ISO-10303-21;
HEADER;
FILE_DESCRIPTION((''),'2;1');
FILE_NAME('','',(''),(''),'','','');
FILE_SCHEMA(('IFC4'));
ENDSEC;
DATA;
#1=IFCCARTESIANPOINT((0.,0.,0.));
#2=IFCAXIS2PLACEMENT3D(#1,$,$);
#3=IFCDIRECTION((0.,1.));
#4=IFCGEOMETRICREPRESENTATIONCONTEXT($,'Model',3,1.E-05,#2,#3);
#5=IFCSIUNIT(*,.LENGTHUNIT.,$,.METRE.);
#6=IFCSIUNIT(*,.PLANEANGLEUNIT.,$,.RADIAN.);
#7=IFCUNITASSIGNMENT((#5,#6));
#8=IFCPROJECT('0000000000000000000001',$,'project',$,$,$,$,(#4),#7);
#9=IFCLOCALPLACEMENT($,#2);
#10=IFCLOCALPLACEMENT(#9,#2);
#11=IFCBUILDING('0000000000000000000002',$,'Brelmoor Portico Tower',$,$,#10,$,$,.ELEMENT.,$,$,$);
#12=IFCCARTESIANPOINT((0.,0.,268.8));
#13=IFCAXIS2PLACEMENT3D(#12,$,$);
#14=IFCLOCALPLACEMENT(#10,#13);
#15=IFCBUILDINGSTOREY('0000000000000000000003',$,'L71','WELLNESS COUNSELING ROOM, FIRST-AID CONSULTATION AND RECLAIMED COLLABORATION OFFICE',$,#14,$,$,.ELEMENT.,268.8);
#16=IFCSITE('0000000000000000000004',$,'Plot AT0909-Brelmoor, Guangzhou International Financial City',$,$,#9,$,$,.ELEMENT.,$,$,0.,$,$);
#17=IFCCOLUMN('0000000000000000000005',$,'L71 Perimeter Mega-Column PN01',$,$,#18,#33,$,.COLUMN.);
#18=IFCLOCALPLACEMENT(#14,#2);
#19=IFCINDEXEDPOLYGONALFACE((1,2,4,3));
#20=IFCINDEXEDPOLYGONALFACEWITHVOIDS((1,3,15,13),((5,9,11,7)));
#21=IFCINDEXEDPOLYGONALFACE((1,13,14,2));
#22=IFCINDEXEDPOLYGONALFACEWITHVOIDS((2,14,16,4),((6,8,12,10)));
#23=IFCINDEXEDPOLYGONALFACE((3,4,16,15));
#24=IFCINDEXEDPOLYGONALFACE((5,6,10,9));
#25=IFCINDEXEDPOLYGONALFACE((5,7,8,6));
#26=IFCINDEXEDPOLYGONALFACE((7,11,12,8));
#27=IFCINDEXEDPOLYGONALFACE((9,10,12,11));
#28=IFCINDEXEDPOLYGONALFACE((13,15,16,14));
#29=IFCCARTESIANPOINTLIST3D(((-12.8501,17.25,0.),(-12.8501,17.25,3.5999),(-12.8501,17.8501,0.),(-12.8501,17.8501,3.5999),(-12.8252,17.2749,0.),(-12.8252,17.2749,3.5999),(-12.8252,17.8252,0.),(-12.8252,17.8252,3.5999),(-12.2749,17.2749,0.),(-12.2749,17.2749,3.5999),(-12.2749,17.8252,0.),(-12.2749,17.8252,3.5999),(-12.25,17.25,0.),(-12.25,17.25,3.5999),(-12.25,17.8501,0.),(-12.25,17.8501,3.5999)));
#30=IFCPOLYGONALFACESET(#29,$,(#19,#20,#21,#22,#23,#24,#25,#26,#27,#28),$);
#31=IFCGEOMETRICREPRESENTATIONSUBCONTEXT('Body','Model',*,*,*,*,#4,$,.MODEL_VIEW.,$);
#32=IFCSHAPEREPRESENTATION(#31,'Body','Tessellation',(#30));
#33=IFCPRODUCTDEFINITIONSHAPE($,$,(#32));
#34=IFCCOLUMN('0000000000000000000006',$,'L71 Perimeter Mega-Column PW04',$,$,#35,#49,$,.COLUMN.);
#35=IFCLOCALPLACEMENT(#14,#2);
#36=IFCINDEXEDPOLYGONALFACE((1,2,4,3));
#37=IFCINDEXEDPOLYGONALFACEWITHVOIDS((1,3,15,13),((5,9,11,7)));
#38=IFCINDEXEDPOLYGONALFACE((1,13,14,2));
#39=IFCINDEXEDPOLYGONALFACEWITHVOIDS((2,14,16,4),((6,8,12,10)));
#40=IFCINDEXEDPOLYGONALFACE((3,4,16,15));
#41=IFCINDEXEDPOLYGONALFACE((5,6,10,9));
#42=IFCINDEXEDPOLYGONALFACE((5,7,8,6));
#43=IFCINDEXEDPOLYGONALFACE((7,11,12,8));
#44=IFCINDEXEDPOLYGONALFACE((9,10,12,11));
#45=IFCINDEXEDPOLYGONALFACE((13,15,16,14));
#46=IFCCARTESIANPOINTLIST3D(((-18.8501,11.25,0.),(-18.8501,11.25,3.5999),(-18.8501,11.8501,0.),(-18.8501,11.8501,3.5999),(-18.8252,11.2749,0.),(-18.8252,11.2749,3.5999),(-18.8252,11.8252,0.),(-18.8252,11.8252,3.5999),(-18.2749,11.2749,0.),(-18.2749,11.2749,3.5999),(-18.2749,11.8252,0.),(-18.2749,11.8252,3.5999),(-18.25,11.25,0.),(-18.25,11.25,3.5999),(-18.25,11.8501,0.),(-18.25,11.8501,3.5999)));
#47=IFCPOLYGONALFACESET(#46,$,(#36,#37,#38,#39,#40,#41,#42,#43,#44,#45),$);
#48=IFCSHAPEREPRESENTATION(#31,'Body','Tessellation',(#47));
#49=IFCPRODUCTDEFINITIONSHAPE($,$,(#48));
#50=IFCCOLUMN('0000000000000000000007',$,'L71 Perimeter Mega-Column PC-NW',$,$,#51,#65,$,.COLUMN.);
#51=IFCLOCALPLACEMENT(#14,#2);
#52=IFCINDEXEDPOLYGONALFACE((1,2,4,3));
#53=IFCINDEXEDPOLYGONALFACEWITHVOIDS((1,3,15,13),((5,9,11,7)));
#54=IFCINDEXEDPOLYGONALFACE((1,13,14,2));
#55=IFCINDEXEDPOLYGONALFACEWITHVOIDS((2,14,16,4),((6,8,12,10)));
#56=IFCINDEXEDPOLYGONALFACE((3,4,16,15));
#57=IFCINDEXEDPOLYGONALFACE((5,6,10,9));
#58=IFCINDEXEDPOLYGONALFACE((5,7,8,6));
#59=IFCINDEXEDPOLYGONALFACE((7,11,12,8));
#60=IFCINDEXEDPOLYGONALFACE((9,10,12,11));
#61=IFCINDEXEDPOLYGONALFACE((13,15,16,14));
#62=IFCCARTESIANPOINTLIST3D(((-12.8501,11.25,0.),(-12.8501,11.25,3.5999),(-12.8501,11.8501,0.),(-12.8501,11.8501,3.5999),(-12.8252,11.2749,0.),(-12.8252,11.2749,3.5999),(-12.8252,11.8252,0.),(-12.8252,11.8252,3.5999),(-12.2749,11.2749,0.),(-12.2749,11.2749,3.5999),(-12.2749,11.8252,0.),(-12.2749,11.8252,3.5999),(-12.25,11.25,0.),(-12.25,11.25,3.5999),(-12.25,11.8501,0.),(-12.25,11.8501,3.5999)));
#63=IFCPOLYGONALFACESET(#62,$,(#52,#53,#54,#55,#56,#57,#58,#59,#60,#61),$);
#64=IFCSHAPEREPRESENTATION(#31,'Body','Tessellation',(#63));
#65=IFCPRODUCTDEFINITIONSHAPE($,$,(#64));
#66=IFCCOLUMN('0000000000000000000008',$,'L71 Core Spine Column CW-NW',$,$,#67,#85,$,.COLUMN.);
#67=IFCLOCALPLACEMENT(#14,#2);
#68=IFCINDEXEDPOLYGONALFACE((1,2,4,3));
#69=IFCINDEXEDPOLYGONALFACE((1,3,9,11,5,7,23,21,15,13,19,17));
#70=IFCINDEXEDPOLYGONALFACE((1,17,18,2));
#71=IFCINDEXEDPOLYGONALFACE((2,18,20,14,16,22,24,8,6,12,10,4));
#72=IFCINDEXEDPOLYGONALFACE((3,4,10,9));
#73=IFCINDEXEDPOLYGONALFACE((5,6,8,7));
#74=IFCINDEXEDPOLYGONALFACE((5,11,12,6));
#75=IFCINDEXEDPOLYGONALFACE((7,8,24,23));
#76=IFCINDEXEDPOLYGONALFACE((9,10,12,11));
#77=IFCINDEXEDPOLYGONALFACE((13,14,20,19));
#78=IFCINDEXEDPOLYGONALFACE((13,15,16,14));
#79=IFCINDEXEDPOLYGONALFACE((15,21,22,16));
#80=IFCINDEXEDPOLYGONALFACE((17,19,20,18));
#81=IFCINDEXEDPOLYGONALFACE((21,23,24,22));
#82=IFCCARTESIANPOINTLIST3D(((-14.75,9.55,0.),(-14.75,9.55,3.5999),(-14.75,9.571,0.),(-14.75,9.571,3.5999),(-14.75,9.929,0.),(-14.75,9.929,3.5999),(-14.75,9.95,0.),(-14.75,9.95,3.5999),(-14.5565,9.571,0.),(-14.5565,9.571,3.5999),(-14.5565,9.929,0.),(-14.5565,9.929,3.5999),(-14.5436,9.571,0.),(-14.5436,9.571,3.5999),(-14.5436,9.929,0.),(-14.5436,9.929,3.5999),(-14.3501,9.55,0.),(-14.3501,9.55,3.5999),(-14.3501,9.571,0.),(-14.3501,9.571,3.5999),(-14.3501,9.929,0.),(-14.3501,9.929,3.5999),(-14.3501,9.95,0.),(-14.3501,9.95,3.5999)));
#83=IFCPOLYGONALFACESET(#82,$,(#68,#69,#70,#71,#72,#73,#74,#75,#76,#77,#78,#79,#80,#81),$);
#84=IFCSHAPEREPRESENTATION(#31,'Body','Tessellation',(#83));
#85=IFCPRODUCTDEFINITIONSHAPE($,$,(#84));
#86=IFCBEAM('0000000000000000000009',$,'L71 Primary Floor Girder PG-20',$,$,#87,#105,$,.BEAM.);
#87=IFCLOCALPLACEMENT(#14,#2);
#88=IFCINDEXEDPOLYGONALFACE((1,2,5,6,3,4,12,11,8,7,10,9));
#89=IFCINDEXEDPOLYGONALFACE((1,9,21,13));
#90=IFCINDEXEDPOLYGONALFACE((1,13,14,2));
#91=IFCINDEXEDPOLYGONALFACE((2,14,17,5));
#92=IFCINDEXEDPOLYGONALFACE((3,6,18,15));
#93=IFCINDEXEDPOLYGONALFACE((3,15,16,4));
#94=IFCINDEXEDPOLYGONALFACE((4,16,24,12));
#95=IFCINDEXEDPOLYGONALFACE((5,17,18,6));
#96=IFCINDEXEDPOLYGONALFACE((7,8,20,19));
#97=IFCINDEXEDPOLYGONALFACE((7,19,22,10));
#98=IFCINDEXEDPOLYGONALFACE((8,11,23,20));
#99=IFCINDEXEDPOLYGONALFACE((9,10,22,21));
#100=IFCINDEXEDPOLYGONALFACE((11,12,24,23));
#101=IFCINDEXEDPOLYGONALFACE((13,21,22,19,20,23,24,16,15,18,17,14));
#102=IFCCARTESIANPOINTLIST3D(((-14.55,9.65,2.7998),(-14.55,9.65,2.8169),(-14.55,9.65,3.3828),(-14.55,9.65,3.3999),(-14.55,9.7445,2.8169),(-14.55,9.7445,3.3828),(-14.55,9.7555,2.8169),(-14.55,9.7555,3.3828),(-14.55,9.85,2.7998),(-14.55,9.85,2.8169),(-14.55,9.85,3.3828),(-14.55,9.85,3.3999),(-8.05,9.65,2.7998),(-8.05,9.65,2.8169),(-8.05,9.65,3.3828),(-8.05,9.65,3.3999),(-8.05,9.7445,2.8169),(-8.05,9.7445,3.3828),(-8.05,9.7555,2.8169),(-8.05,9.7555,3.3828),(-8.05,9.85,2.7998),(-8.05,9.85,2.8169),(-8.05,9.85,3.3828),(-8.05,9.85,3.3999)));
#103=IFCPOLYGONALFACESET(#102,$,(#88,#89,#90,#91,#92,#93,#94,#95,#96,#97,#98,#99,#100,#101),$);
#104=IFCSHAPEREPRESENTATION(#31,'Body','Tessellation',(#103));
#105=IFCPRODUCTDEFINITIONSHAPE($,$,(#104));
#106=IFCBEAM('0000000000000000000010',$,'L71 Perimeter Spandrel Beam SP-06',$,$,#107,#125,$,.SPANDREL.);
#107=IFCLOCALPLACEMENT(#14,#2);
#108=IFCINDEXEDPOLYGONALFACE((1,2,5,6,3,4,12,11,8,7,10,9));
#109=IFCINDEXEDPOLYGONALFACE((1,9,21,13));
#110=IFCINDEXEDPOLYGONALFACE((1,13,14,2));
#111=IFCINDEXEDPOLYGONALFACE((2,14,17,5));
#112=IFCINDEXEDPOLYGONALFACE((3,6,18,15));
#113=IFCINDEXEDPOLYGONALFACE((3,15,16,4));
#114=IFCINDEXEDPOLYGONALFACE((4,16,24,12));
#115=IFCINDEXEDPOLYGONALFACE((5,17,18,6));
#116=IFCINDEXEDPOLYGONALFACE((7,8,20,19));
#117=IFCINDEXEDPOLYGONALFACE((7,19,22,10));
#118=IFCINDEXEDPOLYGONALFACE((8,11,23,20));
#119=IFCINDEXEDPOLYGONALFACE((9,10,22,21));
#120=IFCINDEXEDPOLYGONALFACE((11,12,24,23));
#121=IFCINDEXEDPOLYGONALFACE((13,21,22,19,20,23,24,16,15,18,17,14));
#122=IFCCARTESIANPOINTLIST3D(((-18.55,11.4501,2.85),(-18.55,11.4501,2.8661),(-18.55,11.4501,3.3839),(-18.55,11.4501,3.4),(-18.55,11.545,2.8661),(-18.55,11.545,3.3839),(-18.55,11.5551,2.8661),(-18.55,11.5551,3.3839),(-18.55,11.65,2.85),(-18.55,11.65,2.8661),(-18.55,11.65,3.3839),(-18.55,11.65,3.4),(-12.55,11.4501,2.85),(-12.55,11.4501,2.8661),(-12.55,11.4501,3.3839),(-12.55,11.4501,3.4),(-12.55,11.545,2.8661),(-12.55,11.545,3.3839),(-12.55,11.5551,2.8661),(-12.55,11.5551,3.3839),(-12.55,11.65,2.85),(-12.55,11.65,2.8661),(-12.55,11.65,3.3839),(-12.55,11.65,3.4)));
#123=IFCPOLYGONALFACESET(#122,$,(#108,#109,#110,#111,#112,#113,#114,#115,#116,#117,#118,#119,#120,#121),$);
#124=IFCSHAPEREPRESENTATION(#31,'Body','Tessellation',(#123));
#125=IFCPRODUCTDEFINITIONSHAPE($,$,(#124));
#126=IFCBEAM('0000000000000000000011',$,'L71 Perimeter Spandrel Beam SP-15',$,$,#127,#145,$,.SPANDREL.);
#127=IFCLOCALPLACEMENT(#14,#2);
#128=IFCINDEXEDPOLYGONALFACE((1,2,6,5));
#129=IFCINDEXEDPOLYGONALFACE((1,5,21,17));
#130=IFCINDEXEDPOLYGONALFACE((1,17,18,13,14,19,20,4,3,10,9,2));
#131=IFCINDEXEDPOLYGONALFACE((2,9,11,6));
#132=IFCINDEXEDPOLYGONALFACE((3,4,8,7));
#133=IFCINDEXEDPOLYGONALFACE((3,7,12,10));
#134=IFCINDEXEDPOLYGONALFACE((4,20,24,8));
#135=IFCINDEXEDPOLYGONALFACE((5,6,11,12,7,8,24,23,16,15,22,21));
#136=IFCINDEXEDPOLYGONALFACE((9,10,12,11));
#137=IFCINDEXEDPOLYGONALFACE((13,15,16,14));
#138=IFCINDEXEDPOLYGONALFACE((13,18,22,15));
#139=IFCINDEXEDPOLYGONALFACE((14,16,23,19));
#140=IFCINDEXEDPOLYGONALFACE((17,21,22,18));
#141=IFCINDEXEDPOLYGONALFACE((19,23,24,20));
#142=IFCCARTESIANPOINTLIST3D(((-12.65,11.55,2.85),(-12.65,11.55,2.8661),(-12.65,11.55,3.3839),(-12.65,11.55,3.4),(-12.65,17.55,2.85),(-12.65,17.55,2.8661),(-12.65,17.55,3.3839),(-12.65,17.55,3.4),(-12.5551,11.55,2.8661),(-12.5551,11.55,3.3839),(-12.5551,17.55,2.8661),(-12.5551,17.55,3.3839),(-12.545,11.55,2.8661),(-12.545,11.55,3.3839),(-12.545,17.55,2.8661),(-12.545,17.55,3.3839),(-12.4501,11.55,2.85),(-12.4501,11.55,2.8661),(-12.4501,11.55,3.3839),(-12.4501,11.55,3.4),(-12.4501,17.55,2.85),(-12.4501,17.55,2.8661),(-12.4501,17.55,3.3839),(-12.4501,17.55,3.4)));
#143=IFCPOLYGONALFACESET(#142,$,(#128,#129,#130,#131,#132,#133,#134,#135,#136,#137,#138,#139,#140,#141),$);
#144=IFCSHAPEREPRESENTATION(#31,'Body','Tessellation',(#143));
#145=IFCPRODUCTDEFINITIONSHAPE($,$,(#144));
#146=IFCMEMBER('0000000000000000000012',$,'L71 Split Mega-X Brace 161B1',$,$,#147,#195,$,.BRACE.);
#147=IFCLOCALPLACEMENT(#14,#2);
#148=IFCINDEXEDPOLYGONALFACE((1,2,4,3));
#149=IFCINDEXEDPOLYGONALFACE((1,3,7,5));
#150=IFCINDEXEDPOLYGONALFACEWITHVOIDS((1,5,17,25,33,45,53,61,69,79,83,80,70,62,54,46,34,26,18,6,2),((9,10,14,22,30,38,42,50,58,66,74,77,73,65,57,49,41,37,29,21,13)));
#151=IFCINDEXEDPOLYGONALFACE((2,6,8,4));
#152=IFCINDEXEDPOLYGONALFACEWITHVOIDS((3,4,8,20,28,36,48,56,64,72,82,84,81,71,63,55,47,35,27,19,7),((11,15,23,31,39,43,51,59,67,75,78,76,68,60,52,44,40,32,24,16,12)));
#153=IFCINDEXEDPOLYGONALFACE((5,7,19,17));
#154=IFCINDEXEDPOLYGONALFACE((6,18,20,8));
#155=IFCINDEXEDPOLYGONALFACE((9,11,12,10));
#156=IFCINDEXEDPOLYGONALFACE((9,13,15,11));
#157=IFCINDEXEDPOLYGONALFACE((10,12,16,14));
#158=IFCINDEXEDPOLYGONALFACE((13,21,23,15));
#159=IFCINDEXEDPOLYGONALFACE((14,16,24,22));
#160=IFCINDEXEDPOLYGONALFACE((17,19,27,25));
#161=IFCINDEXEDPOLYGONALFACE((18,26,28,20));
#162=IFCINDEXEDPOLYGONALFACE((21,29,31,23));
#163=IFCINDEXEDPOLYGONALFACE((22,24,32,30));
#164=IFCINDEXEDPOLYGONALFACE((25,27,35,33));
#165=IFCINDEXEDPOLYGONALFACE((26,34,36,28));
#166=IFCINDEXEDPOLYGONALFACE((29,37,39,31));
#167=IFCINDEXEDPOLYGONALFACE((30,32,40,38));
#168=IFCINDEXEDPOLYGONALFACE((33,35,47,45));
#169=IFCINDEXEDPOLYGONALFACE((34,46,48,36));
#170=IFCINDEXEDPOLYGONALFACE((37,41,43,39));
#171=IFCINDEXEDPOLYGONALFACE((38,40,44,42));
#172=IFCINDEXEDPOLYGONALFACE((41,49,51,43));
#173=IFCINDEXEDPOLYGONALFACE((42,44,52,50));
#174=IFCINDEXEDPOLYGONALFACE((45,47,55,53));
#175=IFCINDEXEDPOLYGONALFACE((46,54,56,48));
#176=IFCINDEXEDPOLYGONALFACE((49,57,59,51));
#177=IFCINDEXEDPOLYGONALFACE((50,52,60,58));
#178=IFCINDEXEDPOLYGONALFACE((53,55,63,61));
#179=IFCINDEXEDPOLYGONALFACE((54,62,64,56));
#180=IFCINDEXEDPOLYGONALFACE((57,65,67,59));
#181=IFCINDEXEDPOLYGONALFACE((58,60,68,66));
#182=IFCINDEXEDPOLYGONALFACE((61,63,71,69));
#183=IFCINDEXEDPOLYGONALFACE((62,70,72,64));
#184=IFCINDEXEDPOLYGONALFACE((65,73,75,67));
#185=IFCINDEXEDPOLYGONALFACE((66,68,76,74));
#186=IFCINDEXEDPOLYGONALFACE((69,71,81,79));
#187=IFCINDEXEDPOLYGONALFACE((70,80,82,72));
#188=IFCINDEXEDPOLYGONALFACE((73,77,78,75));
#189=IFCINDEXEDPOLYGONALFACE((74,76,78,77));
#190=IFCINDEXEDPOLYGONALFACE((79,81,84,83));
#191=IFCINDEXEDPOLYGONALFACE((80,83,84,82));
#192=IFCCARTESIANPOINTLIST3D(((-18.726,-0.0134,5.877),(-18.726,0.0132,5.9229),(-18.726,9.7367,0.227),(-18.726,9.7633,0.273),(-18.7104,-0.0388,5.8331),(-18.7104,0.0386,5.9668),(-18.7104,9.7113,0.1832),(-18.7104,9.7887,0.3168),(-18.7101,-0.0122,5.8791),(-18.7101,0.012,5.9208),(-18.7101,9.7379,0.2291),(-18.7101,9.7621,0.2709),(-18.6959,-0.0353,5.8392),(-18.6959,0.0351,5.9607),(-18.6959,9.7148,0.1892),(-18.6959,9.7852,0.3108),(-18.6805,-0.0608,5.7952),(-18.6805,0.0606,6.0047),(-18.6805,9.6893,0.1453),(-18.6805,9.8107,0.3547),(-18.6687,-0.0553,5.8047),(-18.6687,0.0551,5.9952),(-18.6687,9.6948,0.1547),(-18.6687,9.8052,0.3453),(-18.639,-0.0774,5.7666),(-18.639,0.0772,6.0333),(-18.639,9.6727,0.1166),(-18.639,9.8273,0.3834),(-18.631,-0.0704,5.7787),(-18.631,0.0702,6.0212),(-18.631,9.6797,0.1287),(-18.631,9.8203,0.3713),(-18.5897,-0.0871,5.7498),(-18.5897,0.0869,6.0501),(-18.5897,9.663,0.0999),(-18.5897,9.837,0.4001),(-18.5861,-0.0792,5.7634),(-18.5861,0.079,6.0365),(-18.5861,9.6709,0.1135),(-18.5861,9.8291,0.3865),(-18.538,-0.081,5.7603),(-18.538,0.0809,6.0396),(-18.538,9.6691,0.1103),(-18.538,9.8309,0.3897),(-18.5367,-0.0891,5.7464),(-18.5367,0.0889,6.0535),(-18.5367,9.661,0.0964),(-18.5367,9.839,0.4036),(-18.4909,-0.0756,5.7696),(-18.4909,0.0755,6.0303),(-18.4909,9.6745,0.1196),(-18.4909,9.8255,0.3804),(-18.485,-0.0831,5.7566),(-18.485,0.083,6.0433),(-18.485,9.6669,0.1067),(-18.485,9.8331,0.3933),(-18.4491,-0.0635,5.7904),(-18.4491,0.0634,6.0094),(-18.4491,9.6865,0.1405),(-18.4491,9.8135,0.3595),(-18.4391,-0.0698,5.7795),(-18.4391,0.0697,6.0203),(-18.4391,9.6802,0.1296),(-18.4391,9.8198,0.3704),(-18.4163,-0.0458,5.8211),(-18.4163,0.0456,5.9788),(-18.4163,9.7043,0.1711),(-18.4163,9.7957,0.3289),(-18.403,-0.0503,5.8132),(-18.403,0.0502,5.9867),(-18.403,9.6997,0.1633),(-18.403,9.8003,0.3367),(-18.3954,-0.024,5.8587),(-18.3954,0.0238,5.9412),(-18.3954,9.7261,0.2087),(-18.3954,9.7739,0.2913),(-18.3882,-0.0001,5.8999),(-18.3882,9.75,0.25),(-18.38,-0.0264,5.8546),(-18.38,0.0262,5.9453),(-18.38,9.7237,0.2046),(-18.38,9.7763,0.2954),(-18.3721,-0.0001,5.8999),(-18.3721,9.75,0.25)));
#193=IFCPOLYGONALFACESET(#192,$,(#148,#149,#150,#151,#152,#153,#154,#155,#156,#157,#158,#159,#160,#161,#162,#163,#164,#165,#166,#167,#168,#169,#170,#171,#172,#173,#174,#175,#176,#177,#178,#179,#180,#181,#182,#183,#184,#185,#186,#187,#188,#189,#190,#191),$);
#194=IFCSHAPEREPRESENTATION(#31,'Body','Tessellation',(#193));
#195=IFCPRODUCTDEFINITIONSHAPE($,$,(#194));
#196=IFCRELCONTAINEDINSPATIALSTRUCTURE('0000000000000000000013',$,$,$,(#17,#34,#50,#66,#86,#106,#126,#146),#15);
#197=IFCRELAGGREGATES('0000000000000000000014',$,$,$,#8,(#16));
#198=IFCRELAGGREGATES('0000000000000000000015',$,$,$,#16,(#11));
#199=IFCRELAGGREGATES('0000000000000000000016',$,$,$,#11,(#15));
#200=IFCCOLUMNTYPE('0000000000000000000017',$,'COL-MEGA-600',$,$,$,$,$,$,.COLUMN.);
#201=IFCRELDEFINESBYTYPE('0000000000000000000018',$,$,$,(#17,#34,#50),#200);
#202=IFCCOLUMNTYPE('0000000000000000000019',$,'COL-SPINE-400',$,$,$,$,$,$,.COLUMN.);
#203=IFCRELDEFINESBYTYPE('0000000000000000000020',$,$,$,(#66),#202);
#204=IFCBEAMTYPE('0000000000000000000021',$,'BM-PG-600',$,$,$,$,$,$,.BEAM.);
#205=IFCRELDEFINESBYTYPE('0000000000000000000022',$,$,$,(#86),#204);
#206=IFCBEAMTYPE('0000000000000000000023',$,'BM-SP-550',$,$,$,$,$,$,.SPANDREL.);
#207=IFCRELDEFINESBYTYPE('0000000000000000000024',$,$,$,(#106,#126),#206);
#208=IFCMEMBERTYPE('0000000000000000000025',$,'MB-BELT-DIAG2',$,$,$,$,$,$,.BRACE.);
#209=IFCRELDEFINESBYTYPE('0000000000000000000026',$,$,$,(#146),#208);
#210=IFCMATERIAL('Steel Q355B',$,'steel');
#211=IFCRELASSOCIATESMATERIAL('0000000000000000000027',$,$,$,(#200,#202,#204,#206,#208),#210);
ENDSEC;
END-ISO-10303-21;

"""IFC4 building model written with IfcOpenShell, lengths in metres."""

from ifc_helpers import new_model, si_unit, direction, frame, origin, origin_2d, place, context, subcontext, project, spatial, hollow_rectangle, hollow_circle, i_section, extrude, material, material_profile, profile_set, type_object, element, save


model = new_model("IFC4")

# Units and contexts
model_context = context("Model", 3, precision=1e-05, world=origin(), true_north=direction((0.0, 1.0)))
body_context = subcontext(model_context, "Body", "Model", "MODEL_VIEW")
ifc_project = project(units=[si_unit("LENGTHUNIT", "METRE"), si_unit("PLANEANGLEUNIT", "RADIAN")], contexts=[model_context])

# Site, building, storey
site_placement = place(None, origin())
site = spatial("IfcSite", under=ifc_project, at=site_placement, Name="Plot AT0909-Brelmoor, Guangzhou International Financial City", CompositionType="ELEMENT", RefElevation=0.0)
building_placement = place(site_placement, origin())
building = spatial("IfcBuilding", under=site, at=building_placement, Name="Brelmoor Portico Tower", CompositionType="ELEMENT")
storey_placement = place(building_placement, frame((0.0, 0.0, 268.8)))
storey = spatial("IfcBuildingStorey", under=building, at=storey_placement, Name="L71", Description="WELLNESS COUNSELING ROOM, FIRST-AID CONSULTATION AND RECLAIMED COLLABORATION OFFICE", CompositionType="ELEMENT", Elevation=268.8)

# Columns
ifc_material_1 = material(Name="Steel Q355B", Category="steel")
ifc_material_profile_1 = material_profile(ifc_material_1, hollow_rectangle(XDim=0.6001, YDim=0.6001, WallThickness=0.0249, at=origin_2d()), Name="BOX 600x600x25")
ifc_profile_set_1 = profile_set([ifc_material_profile_1], Name="Steel Q355B")
column_type_1 = type_object("IfcColumnType", Name="COL-MEGA-600", PredefinedType="COLUMN", material=ifc_profile_set_1)
for number, where, z_axis, x_axis, name in (
    (1, (-12.55, 17.55, 0.0), (0.0, 0.0, 1.0), (1.0, 0.0, 0.0), "L71 Perimeter Mega-Column PN01"),
    (2, (-18.55, 11.55, 0.0), (0.0, 0.0, 1.0), (0.0, 1.0, 0.0), "L71 Perimeter Mega-Column PW04"),
    (3, (-12.55, 11.55, 0.0), (0.0, 0.0, 1.0), (1.0, 0.0, 0.0), "L71 Perimeter Mega-Column PC-NW"),
):
    element("IfcColumn", number, at=place(storey_placement, frame(where, z_axis=z_axis, x_axis=x_axis)), inside=storey, type_object=column_type_1, Name=name, PredefinedType="COLUMN", context=body_context, shape_type="SweptSolid", body=[
        extrude(hollow_rectangle(XDim=0.6001, YDim=0.6001, WallThickness=0.0249, at=origin_2d()), origin(), (0.0, 0.0, 1.0), 3.5999),
    ])
ifc_material_profile_2 = material_profile(ifc_material_1, i_section(OverallWidth=0.3999, OverallDepth=0.3999, WebThickness=0.0129, FlangeThickness=0.021, at=origin_2d()), Name="HW 400x400x13x21")
ifc_profile_set_2 = profile_set([ifc_material_profile_2], Name="Steel Q355B")
column_type_2 = type_object("IfcColumnType", Name="COL-SPINE-400", PredefinedType="COLUMN", material=ifc_profile_set_2)
column_placement = place(storey_placement, frame((-14.55, 9.75, 0.0), z_axis=(0.0, 0.0, 1.0), x_axis=(1.0, 0.0, 0.0)))
element("IfcColumn", 4, at=column_placement, inside=storey, type_object=column_type_2, Name="L71 Core Spine Column CW-NW", PredefinedType="COLUMN", context=body_context, shape_type="SweptSolid", body=[
    extrude(i_section(OverallWidth=0.3999, OverallDepth=0.3999, WebThickness=0.0129, FlangeThickness=0.021, at=origin_2d()), origin(), (0.0, 0.0, 1.0), 3.5999),
])

# Beams
ifc_material_profile_3 = material_profile(ifc_material_1, i_section(OverallWidth=0.2, OverallDepth=0.6001, WebThickness=0.011, FlangeThickness=0.0171, at=origin_2d()), Name="HN 600x200x11x17")
ifc_profile_set_3 = profile_set([ifc_material_profile_3], Name="Steel Q355B")
beam_type_1 = type_object("IfcBeamType", Name="BM-PG-600", PredefinedType="BEAM", material=ifc_profile_set_3)
beam_placement = place(storey_placement, frame((-14.55, 9.75, 3.0999), z_axis=(1.0, 0.0, 0.0), x_axis=(0.0, 1.0, 0.0)))
element("IfcBeam", 5, at=beam_placement, inside=storey, type_object=beam_type_1, Name="L71 Primary Floor Girder PG-20", PredefinedType="BEAM", context=body_context, shape_type="SweptSolid", body=[
    extrude(i_section(OverallWidth=0.2, OverallDepth=0.6001, WebThickness=0.011, FlangeThickness=0.0171, at=origin_2d()), origin(), (0.0, 0.0, 1.0), 6.5),
])
ifc_material_profile_4 = material_profile(ifc_material_1, i_section(OverallWidth=0.2, OverallDepth=0.55, WebThickness=0.01, FlangeThickness=0.0161, at=origin_2d()), Name="HN 550x200x10x16")
ifc_profile_set_4 = profile_set([ifc_material_profile_4], Name="Steel Q355B")
beam_type_2 = type_object("IfcBeamType", Name="BM-SP-550", PredefinedType="SPANDREL", material=ifc_profile_set_4)
for number, where, z_axis, x_axis, name in (
    (6, (-18.55, 11.55, 3.125), (1.0, 0.0, 0.0), (0.0, 1.0, 0.0), "L71 Perimeter Spandrel Beam SP-06"),
    (7, (-12.55, 11.55, 3.125), (0.0, 1.0, 0.0), (-1.0, 0.0, 0.0), "L71 Perimeter Spandrel Beam SP-15"),
):
    element("IfcBeam", number, at=place(storey_placement, frame(where, z_axis=z_axis, x_axis=x_axis)), inside=storey, type_object=beam_type_2, Name=name, PredefinedType="SPANDREL", context=body_context, shape_type="SweptSolid", body=[
        extrude(i_section(OverallWidth=0.2, OverallDepth=0.55, WebThickness=0.01, FlangeThickness=0.0161, at=origin_2d()), origin(), (0.0, 0.0, 1.0), 6.0),
    ])

# Member
ifc_material_profile_5 = material_profile(ifc_material_1, hollow_circle(Radius=0.178, WallThickness=0.0161, at=origin_2d()), Name="CHS 356x16")
ifc_profile_set_5 = profile_set([ifc_material_profile_5], Name="Steel Q355B")
member_type_1 = type_object("IfcMemberType", Name="MB-BELT-DIAG2", PredefinedType="BRACE", material=ifc_profile_set_5)
member_1_placement = place(storey_placement, frame((-18.55, 9.75, 0.25), z_axis=(0.0, -0.865227, 0.50138), x_axis=(1.0, 0.0, 0.0)))
element("IfcMember", 8, at=member_1_placement, inside=storey, type_object=member_type_1, Name="L71 Split Mega-X Brace 161B1", PredefinedType="BRACE", context=body_context, shape_type="SweptSolid", body=[
    extrude(hollow_circle(Radius=0.178, WallThickness=0.0161, at=origin_2d()), origin(), (0.0, 0.0, 1.0), 11.2688),
])

save(model, "model.ifc")
